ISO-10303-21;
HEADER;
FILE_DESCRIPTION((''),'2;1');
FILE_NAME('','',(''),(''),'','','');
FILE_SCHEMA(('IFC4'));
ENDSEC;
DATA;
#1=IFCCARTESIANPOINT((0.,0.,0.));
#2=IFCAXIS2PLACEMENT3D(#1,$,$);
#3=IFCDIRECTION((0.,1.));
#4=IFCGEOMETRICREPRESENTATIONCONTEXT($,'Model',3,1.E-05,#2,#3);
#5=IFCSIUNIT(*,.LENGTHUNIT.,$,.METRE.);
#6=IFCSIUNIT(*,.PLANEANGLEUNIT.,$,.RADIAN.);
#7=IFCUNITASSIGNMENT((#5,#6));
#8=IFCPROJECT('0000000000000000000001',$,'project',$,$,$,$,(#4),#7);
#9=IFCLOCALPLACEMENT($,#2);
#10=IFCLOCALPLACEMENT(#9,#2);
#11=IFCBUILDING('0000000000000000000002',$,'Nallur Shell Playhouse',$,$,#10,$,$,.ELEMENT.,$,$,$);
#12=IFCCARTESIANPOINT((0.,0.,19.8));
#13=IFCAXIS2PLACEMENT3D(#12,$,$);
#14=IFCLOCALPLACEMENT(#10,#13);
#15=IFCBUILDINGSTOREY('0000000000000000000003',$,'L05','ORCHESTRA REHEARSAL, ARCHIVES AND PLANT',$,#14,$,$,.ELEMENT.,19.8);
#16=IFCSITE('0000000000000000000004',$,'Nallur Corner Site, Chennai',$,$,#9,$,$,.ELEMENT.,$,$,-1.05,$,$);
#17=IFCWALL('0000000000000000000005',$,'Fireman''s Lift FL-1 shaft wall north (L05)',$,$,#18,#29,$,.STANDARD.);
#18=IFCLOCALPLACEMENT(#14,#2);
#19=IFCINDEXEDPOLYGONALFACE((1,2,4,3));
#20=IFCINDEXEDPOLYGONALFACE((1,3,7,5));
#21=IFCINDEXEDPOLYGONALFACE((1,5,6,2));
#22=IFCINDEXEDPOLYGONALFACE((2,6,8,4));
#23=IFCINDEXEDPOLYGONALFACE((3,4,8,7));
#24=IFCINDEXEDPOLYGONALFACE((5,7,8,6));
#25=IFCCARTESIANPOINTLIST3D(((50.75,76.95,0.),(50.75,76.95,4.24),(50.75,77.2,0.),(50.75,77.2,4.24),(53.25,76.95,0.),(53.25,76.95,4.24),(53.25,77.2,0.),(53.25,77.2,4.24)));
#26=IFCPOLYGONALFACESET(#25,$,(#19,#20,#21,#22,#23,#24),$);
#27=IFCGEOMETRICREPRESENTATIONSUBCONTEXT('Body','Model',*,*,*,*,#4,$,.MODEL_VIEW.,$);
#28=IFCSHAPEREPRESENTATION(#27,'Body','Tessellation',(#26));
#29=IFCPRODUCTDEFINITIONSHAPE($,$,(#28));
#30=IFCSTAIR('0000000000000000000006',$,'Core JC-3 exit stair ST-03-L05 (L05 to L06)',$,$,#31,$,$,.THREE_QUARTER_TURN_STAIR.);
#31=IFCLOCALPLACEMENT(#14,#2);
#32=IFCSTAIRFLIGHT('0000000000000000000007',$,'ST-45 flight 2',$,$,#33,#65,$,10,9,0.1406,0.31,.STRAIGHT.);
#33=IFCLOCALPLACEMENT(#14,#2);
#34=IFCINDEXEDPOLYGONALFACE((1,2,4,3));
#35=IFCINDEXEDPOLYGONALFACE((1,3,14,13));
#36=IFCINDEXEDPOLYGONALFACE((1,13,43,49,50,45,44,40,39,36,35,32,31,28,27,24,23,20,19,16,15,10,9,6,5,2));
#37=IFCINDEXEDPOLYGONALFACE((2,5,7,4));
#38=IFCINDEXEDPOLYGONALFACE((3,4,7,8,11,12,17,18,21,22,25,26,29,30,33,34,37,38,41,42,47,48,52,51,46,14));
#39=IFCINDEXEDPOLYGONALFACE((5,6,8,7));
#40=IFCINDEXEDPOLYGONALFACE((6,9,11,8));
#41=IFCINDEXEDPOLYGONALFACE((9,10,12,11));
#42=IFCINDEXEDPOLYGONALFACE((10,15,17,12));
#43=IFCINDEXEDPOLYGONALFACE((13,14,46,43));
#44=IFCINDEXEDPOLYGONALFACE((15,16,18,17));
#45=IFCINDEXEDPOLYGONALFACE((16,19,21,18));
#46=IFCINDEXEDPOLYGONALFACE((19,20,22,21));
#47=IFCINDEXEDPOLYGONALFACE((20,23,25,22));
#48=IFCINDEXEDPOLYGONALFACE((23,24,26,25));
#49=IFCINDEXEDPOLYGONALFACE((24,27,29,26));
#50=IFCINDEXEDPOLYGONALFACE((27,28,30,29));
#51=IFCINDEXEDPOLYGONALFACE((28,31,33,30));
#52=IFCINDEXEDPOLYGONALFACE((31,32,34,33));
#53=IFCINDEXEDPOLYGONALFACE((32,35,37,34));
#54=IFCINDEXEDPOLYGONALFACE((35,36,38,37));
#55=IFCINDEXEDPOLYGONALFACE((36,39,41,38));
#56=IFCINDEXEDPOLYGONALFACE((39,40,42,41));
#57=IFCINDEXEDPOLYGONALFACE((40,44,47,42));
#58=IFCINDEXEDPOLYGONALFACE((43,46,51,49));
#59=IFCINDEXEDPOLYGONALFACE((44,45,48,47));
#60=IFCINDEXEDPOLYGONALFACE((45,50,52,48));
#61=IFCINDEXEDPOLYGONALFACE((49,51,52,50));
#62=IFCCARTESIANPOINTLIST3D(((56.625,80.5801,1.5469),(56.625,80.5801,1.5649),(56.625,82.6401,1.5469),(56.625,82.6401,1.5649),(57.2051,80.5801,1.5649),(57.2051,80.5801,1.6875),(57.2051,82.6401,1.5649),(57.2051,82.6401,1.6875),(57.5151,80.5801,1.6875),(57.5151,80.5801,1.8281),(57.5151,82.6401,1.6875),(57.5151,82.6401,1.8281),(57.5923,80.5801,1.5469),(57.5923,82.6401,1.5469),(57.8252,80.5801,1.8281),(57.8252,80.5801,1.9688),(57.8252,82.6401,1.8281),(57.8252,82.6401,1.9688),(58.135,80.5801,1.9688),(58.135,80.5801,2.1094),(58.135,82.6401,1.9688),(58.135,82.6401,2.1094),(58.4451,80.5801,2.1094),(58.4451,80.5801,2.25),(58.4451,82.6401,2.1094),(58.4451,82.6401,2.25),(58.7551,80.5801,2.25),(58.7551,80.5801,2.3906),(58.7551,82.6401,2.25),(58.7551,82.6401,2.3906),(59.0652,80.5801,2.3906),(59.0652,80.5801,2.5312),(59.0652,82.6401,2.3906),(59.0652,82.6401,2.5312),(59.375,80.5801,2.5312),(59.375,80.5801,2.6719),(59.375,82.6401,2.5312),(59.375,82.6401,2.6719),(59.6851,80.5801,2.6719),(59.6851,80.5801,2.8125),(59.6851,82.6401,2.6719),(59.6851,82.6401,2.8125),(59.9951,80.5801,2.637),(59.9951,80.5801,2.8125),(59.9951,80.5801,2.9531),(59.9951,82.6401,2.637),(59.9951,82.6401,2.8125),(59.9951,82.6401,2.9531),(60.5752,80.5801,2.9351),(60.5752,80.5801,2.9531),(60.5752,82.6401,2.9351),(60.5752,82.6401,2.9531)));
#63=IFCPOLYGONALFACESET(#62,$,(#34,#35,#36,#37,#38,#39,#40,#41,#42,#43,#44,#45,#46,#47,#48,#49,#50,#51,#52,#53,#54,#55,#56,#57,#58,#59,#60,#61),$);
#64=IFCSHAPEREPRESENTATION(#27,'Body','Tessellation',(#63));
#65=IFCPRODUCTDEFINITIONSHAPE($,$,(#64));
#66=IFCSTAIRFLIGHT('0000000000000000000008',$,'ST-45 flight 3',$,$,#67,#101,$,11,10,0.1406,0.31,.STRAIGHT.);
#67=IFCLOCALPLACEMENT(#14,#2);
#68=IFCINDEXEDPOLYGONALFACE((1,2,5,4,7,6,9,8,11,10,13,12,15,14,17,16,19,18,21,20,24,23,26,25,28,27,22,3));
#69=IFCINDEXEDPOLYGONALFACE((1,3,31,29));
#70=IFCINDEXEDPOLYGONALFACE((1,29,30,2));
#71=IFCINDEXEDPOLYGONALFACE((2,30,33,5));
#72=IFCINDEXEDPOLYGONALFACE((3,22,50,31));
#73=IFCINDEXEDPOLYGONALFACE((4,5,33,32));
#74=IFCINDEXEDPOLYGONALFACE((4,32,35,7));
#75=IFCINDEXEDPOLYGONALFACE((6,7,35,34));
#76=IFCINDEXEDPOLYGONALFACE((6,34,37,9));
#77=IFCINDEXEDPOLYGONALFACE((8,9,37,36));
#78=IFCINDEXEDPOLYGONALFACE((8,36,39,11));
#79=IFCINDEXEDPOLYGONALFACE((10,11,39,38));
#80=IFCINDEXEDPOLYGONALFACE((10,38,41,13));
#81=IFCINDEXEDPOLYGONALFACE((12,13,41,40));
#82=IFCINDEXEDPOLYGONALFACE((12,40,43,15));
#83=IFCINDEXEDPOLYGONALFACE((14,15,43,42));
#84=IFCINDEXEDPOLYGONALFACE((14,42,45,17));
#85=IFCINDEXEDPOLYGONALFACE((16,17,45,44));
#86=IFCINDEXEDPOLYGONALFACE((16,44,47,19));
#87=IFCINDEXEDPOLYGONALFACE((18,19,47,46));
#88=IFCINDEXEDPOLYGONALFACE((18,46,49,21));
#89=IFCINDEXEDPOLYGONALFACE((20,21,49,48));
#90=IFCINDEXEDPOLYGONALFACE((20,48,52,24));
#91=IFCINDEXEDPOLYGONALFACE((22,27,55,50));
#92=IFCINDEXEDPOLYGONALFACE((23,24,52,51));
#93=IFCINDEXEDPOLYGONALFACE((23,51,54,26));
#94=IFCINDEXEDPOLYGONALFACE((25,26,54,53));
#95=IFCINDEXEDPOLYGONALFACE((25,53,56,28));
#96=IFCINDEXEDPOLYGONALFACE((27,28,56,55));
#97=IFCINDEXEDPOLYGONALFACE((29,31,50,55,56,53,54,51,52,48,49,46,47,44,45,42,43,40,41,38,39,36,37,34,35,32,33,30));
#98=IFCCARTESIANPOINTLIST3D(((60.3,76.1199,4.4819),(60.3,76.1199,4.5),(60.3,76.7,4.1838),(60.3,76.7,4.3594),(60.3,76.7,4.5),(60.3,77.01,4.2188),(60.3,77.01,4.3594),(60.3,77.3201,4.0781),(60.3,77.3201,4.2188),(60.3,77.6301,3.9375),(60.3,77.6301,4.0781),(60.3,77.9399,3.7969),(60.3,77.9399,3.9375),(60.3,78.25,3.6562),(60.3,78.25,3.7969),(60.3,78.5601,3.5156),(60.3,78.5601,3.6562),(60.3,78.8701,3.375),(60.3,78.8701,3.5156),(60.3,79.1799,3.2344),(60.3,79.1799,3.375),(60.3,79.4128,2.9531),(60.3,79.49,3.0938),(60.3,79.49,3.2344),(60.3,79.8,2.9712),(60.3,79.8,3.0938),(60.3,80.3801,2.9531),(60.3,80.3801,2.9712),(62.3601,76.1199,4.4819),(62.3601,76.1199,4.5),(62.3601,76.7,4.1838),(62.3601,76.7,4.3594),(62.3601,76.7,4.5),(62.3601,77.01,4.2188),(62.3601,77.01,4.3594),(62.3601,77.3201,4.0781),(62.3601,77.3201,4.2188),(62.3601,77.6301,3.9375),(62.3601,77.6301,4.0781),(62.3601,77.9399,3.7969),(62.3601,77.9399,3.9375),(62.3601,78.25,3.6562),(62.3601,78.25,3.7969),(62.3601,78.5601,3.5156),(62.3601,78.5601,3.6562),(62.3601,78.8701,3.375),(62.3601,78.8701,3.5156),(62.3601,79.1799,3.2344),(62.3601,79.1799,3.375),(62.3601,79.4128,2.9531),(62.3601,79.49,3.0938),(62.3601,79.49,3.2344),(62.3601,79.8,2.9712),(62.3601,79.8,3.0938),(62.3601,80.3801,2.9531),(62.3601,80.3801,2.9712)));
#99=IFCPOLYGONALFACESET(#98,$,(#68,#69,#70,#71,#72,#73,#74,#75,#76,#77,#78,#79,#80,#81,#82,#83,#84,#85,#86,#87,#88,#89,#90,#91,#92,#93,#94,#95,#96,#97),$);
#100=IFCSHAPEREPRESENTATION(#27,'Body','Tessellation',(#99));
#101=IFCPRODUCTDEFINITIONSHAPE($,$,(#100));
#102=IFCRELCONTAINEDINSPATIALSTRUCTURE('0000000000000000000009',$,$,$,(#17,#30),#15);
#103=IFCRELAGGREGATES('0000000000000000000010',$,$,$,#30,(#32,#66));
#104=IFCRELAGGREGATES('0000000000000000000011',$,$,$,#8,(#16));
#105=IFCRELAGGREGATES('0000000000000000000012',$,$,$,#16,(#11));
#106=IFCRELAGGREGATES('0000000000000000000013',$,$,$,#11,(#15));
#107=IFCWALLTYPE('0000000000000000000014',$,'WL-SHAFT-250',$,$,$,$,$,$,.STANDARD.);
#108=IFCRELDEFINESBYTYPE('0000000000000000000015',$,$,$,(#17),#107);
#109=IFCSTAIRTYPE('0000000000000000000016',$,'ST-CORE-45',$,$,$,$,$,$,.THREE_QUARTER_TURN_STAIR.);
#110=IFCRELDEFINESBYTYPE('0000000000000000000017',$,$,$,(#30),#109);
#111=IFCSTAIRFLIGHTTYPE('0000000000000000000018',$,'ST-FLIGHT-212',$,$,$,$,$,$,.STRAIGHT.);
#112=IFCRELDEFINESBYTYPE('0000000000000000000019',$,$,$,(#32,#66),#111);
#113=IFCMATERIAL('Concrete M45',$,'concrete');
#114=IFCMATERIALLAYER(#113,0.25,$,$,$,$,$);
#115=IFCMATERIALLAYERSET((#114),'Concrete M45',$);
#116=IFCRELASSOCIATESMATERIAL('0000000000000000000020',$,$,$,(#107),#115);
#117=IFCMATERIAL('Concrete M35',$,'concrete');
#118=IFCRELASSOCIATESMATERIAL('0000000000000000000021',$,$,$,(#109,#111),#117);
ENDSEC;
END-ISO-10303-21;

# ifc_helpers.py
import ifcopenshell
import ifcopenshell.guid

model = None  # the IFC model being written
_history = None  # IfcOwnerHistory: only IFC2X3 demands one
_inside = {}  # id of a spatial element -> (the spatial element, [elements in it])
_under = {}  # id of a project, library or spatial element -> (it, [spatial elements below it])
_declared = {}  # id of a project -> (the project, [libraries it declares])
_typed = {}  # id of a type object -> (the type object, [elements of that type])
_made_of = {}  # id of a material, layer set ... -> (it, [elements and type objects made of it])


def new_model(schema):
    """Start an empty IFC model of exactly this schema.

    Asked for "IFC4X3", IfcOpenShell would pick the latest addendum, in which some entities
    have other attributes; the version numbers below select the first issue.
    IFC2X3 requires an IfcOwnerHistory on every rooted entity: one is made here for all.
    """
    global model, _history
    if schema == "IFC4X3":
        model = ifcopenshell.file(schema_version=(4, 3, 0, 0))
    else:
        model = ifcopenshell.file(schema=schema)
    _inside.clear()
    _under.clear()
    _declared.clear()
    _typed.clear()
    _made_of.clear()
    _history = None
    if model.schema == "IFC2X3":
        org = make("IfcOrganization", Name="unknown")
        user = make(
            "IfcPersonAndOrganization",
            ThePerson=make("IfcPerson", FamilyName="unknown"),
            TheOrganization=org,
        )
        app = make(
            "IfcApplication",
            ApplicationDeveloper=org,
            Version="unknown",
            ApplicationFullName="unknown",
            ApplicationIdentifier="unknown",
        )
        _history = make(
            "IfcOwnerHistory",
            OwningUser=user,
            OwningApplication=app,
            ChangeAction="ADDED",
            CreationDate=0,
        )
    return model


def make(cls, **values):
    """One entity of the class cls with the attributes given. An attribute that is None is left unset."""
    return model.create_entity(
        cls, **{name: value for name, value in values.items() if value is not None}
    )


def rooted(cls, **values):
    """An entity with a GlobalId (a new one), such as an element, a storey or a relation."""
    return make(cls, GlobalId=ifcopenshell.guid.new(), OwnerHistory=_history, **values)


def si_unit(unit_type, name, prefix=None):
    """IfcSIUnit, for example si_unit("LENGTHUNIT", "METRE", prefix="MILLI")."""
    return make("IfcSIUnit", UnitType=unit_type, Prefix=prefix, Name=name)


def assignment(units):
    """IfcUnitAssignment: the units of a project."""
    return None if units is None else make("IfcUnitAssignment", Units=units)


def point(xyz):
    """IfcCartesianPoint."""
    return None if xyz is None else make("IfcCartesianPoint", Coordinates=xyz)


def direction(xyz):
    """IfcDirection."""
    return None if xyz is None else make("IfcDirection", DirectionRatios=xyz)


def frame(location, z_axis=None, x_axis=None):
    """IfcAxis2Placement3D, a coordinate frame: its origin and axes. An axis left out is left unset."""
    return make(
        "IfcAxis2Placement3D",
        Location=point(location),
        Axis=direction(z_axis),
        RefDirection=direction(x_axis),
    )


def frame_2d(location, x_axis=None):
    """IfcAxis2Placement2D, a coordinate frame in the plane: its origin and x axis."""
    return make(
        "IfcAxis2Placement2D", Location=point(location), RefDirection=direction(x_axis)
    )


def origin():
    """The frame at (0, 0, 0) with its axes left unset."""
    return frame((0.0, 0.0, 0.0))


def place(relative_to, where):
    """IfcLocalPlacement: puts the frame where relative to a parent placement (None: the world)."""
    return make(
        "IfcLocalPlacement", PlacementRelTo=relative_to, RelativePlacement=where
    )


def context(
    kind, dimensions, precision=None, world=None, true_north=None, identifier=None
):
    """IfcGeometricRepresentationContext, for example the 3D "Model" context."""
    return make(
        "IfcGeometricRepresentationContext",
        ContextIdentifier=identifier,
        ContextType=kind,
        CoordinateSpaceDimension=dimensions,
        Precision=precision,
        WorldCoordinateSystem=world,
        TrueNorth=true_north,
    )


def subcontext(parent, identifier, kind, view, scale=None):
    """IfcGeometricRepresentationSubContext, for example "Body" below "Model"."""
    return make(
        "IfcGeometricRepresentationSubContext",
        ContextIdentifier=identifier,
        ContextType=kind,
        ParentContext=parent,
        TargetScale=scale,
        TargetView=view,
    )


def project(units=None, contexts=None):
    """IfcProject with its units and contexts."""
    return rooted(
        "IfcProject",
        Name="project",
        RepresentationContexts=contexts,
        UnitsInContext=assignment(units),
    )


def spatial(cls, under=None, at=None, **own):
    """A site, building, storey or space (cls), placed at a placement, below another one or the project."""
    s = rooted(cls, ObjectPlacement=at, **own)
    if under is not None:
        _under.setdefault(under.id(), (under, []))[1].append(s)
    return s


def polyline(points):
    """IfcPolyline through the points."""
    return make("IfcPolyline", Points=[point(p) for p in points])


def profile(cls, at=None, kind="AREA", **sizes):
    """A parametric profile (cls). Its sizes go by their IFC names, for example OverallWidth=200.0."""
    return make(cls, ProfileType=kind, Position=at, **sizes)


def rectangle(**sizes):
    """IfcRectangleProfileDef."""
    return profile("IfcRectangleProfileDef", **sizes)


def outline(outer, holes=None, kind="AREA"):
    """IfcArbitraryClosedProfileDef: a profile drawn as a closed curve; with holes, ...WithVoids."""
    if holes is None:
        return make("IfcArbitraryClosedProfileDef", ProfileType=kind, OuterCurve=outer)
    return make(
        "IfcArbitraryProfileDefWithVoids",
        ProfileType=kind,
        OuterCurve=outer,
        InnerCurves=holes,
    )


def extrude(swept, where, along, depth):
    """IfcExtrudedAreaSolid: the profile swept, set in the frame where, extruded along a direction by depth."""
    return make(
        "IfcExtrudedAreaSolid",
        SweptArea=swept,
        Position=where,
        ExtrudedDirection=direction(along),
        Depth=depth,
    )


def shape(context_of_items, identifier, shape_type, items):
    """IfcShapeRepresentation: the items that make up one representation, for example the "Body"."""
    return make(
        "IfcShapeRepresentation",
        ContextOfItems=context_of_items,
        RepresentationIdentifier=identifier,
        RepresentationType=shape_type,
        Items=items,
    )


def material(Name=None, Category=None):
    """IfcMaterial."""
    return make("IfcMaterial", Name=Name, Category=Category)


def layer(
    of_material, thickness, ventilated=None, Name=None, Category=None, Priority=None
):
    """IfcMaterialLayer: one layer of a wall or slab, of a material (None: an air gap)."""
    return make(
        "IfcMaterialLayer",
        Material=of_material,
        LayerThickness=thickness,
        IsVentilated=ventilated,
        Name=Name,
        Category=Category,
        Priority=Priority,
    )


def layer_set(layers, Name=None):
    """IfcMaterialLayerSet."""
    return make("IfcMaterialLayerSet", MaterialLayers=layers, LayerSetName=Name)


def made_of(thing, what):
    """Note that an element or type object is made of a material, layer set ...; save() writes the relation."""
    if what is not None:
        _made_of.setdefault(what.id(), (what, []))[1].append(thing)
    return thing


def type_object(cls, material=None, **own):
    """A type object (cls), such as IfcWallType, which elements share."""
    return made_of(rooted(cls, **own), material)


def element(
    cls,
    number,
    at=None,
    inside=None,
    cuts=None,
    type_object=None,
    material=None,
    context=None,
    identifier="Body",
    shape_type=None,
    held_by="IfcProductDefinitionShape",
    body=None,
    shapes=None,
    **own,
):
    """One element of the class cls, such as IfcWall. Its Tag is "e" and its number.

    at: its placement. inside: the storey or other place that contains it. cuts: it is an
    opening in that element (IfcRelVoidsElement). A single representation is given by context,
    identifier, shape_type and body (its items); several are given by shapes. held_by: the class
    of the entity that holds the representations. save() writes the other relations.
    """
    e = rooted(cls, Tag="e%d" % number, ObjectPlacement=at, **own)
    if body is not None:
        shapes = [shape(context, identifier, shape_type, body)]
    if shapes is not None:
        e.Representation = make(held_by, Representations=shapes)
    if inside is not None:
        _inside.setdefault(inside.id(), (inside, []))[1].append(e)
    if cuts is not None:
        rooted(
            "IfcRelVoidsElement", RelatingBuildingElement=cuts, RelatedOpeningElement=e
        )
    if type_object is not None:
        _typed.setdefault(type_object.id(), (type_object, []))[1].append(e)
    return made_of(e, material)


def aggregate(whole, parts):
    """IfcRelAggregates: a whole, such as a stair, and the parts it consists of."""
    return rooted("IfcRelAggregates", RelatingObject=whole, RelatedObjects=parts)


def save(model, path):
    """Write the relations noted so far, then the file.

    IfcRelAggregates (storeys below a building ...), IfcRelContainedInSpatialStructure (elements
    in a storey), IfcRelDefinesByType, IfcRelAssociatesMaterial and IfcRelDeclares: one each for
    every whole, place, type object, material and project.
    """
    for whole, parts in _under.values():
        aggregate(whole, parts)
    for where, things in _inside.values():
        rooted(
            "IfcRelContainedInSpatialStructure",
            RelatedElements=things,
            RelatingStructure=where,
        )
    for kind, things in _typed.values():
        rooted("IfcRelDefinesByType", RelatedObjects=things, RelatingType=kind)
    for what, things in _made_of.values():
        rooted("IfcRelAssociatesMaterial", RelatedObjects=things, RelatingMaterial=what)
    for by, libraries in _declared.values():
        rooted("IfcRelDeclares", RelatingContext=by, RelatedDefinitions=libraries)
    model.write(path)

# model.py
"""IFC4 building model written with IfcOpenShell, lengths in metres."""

from ifc_helpers import new_model, si_unit, direction, frame, frame_2d, origin, place, context, subcontext, project, spatial, polyline, rectangle, outline, extrude, material, layer, layer_set, type_object, element, aggregate, save


model = new_model("IFC4")

# Units and contexts
model_context = context("Model", 3, precision=1e-05, world=origin(), true_north=direction((0.0, 1.0)))
body_context = subcontext(model_context, "Body", "Model", "MODEL_VIEW")
ifc_project = project(units=[si_unit("LENGTHUNIT", "METRE"), si_unit("PLANEANGLEUNIT", "RADIAN")], contexts=[model_context])

# Site, building, storey
site_placement = place(None, origin())
site = spatial("IfcSite", under=ifc_project, at=site_placement, Name="Nallur Corner Site, Chennai", CompositionType="ELEMENT", RefElevation=-1.05)
building_placement = place(site_placement, origin())
building = spatial("IfcBuilding", under=site, at=building_placement, Name="Nallur Shell Playhouse", CompositionType="ELEMENT")
storey_placement = place(building_placement, frame((0.0, 0.0, 19.8)))
storey = spatial("IfcBuildingStorey", under=building, at=storey_placement, Name="L05", Description="ORCHESTRA REHEARSAL, ARCHIVES AND PLANT", CompositionType="ELEMENT", Elevation=19.8)

# Shared definitions
ifc_material_1 = material(Name="Concrete M35", Category="concrete")

# Wall
ifc_material_2 = material(Name="Concrete M45", Category="concrete")
ifc_layer_1 = layer(ifc_material_2, 0.25)
ifc_layer_set_1 = layer_set([ifc_layer_1], Name="Concrete M45")
wall_type_1 = type_object("IfcWallType", Name="WL-SHAFT-250", PredefinedType="STANDARD", material=ifc_layer_set_1)
wall_1_placement = place(storey_placement, frame((53.25, 77.075, 0.0), z_axis=(0.0, 0.0, 1.0), x_axis=(-1.0, 0.0, 0.0)))
element("IfcWall", 1, at=wall_1_placement, inside=storey, type_object=wall_type_1, Name="Fireman's Lift FL-1 shaft wall north (L05)", PredefinedType="STANDARD", context=body_context, shape_type="SweptSolid", body=[
    extrude(rectangle(XDim=2.5, YDim=0.25, at=frame_2d((1.25, 0.0))), origin(), (0.0, 0.0, 1.0), 4.24),
])

# Stair, stair flights
stair_type = type_object("IfcStairType", Name="ST-CORE-45", PredefinedType="THREE_QUARTER_TURN_STAIR", material=ifc_material_1)
stair_placement = place(storey_placement, origin())
stair = element("IfcStair", 2, at=stair_placement, inside=storey, type_object=stair_type, Name="Core JC-3 exit stair ST-03-L05 (L05 to L06)", PredefinedType="THREE_QUARTER_TURN_STAIR")
stair_flight_type = type_object("IfcStairFlightType", Name="ST-FLIGHT-212", PredefinedType="STRAIGHT", material=ifc_material_1)
stair_flight_1_placement = place(storey_placement, frame((57.2051, 81.6101, 1.5469), z_axis=(0.0, 0.0, 1.0), x_axis=(1.0, 0.0, 0.0)))
stair_flight_1 = element("IfcStairFlight", 3, at=stair_flight_1_placement, type_object=stair_flight_type, Name="ST-45 flight 2", NumberOfRisers=10, NumberOfTreads=9, PredefinedType="STRAIGHT", RiserHeight=0.1406, TreadLength=0.31, context=body_context, shape_type="SweptSolid", body=[
    extrude(outline(polyline([(-0.5801, 0.0), (-0.5801, 0.0181), (0.0, 0.0181), (0.0, 0.1406), (0.3101, 0.1406), (0.3101, 0.2812), (0.6201, 0.2812), (0.6201, 0.4219), (0.9299, 0.4219), (0.9299, 0.5625), (1.24, 0.5625), (1.24, 0.7031), (1.55, 0.7031), (1.55, 0.8438), (1.8601, 0.8438), (1.8601, 0.9844), (2.1699, 0.9844), (2.1699, 1.125), (2.48, 1.125), (2.48, 1.2656), (2.79, 1.2656), (2.79, 1.4062), (3.3701, 1.4062), (3.3701, 1.3882), (2.79, 1.0901), (0.3872, 0.0), (-0.5801, 0.0)])), frame((0.0, 1.03, 0.0), z_axis=(0.0, -1.0, 0.0), x_axis=(1.0, 0.0, 0.0)), (0.0, 0.0, 1.0), 2.0601),
])
stair_flight_2_placement = place(storey_placement, frame((61.3301, 79.8, 2.9531), z_axis=(0.0, 0.0, 1.0), x_axis=(0.0, -1.0, 0.0)))
stair_flight_2 = element("IfcStairFlight", 4, at=stair_flight_2_placement, type_object=stair_flight_type, Name="ST-45 flight 3", NumberOfRisers=11, NumberOfTreads=10, PredefinedType="STRAIGHT", RiserHeight=0.1406, TreadLength=0.31, context=body_context, shape_type="SweptSolid", body=[
    extrude(outline(polyline([(-0.5801, 0.0), (-0.5801, 0.0181), (0.0, 0.0181), (0.0, 0.1406), (0.3101, 0.1406), (0.3101, 0.2812), (0.6201, 0.2812), (0.6201, 0.4219), (0.9299, 0.4219), (0.9299, 0.5625), (1.24, 0.5625), (1.24, 0.7031), (1.55, 0.7031), (1.55, 0.8438), (1.8601, 0.8438), (1.8601, 0.9844), (2.1699, 0.9844), (2.1699, 1.125), (2.48, 1.125), (2.48, 1.2656), (2.79, 1.2656), (2.79, 1.4062), (3.1001, 1.4062), (3.1001, 1.5469), (3.6802, 1.5469), (3.6802, 1.5288), (3.1001, 1.2307), (0.3872, 0.0), (-0.5801, 0.0)])), frame((0.0, 1.03, 0.0), z_axis=(0.0, -1.0, 0.0), x_axis=(1.0, 0.0, 0.0)), (0.0, 0.0, 1.0), 2.0601),
])
aggregate(stair, [stair_flight_1, stair_flight_2])

save(model, "model.ifc")
